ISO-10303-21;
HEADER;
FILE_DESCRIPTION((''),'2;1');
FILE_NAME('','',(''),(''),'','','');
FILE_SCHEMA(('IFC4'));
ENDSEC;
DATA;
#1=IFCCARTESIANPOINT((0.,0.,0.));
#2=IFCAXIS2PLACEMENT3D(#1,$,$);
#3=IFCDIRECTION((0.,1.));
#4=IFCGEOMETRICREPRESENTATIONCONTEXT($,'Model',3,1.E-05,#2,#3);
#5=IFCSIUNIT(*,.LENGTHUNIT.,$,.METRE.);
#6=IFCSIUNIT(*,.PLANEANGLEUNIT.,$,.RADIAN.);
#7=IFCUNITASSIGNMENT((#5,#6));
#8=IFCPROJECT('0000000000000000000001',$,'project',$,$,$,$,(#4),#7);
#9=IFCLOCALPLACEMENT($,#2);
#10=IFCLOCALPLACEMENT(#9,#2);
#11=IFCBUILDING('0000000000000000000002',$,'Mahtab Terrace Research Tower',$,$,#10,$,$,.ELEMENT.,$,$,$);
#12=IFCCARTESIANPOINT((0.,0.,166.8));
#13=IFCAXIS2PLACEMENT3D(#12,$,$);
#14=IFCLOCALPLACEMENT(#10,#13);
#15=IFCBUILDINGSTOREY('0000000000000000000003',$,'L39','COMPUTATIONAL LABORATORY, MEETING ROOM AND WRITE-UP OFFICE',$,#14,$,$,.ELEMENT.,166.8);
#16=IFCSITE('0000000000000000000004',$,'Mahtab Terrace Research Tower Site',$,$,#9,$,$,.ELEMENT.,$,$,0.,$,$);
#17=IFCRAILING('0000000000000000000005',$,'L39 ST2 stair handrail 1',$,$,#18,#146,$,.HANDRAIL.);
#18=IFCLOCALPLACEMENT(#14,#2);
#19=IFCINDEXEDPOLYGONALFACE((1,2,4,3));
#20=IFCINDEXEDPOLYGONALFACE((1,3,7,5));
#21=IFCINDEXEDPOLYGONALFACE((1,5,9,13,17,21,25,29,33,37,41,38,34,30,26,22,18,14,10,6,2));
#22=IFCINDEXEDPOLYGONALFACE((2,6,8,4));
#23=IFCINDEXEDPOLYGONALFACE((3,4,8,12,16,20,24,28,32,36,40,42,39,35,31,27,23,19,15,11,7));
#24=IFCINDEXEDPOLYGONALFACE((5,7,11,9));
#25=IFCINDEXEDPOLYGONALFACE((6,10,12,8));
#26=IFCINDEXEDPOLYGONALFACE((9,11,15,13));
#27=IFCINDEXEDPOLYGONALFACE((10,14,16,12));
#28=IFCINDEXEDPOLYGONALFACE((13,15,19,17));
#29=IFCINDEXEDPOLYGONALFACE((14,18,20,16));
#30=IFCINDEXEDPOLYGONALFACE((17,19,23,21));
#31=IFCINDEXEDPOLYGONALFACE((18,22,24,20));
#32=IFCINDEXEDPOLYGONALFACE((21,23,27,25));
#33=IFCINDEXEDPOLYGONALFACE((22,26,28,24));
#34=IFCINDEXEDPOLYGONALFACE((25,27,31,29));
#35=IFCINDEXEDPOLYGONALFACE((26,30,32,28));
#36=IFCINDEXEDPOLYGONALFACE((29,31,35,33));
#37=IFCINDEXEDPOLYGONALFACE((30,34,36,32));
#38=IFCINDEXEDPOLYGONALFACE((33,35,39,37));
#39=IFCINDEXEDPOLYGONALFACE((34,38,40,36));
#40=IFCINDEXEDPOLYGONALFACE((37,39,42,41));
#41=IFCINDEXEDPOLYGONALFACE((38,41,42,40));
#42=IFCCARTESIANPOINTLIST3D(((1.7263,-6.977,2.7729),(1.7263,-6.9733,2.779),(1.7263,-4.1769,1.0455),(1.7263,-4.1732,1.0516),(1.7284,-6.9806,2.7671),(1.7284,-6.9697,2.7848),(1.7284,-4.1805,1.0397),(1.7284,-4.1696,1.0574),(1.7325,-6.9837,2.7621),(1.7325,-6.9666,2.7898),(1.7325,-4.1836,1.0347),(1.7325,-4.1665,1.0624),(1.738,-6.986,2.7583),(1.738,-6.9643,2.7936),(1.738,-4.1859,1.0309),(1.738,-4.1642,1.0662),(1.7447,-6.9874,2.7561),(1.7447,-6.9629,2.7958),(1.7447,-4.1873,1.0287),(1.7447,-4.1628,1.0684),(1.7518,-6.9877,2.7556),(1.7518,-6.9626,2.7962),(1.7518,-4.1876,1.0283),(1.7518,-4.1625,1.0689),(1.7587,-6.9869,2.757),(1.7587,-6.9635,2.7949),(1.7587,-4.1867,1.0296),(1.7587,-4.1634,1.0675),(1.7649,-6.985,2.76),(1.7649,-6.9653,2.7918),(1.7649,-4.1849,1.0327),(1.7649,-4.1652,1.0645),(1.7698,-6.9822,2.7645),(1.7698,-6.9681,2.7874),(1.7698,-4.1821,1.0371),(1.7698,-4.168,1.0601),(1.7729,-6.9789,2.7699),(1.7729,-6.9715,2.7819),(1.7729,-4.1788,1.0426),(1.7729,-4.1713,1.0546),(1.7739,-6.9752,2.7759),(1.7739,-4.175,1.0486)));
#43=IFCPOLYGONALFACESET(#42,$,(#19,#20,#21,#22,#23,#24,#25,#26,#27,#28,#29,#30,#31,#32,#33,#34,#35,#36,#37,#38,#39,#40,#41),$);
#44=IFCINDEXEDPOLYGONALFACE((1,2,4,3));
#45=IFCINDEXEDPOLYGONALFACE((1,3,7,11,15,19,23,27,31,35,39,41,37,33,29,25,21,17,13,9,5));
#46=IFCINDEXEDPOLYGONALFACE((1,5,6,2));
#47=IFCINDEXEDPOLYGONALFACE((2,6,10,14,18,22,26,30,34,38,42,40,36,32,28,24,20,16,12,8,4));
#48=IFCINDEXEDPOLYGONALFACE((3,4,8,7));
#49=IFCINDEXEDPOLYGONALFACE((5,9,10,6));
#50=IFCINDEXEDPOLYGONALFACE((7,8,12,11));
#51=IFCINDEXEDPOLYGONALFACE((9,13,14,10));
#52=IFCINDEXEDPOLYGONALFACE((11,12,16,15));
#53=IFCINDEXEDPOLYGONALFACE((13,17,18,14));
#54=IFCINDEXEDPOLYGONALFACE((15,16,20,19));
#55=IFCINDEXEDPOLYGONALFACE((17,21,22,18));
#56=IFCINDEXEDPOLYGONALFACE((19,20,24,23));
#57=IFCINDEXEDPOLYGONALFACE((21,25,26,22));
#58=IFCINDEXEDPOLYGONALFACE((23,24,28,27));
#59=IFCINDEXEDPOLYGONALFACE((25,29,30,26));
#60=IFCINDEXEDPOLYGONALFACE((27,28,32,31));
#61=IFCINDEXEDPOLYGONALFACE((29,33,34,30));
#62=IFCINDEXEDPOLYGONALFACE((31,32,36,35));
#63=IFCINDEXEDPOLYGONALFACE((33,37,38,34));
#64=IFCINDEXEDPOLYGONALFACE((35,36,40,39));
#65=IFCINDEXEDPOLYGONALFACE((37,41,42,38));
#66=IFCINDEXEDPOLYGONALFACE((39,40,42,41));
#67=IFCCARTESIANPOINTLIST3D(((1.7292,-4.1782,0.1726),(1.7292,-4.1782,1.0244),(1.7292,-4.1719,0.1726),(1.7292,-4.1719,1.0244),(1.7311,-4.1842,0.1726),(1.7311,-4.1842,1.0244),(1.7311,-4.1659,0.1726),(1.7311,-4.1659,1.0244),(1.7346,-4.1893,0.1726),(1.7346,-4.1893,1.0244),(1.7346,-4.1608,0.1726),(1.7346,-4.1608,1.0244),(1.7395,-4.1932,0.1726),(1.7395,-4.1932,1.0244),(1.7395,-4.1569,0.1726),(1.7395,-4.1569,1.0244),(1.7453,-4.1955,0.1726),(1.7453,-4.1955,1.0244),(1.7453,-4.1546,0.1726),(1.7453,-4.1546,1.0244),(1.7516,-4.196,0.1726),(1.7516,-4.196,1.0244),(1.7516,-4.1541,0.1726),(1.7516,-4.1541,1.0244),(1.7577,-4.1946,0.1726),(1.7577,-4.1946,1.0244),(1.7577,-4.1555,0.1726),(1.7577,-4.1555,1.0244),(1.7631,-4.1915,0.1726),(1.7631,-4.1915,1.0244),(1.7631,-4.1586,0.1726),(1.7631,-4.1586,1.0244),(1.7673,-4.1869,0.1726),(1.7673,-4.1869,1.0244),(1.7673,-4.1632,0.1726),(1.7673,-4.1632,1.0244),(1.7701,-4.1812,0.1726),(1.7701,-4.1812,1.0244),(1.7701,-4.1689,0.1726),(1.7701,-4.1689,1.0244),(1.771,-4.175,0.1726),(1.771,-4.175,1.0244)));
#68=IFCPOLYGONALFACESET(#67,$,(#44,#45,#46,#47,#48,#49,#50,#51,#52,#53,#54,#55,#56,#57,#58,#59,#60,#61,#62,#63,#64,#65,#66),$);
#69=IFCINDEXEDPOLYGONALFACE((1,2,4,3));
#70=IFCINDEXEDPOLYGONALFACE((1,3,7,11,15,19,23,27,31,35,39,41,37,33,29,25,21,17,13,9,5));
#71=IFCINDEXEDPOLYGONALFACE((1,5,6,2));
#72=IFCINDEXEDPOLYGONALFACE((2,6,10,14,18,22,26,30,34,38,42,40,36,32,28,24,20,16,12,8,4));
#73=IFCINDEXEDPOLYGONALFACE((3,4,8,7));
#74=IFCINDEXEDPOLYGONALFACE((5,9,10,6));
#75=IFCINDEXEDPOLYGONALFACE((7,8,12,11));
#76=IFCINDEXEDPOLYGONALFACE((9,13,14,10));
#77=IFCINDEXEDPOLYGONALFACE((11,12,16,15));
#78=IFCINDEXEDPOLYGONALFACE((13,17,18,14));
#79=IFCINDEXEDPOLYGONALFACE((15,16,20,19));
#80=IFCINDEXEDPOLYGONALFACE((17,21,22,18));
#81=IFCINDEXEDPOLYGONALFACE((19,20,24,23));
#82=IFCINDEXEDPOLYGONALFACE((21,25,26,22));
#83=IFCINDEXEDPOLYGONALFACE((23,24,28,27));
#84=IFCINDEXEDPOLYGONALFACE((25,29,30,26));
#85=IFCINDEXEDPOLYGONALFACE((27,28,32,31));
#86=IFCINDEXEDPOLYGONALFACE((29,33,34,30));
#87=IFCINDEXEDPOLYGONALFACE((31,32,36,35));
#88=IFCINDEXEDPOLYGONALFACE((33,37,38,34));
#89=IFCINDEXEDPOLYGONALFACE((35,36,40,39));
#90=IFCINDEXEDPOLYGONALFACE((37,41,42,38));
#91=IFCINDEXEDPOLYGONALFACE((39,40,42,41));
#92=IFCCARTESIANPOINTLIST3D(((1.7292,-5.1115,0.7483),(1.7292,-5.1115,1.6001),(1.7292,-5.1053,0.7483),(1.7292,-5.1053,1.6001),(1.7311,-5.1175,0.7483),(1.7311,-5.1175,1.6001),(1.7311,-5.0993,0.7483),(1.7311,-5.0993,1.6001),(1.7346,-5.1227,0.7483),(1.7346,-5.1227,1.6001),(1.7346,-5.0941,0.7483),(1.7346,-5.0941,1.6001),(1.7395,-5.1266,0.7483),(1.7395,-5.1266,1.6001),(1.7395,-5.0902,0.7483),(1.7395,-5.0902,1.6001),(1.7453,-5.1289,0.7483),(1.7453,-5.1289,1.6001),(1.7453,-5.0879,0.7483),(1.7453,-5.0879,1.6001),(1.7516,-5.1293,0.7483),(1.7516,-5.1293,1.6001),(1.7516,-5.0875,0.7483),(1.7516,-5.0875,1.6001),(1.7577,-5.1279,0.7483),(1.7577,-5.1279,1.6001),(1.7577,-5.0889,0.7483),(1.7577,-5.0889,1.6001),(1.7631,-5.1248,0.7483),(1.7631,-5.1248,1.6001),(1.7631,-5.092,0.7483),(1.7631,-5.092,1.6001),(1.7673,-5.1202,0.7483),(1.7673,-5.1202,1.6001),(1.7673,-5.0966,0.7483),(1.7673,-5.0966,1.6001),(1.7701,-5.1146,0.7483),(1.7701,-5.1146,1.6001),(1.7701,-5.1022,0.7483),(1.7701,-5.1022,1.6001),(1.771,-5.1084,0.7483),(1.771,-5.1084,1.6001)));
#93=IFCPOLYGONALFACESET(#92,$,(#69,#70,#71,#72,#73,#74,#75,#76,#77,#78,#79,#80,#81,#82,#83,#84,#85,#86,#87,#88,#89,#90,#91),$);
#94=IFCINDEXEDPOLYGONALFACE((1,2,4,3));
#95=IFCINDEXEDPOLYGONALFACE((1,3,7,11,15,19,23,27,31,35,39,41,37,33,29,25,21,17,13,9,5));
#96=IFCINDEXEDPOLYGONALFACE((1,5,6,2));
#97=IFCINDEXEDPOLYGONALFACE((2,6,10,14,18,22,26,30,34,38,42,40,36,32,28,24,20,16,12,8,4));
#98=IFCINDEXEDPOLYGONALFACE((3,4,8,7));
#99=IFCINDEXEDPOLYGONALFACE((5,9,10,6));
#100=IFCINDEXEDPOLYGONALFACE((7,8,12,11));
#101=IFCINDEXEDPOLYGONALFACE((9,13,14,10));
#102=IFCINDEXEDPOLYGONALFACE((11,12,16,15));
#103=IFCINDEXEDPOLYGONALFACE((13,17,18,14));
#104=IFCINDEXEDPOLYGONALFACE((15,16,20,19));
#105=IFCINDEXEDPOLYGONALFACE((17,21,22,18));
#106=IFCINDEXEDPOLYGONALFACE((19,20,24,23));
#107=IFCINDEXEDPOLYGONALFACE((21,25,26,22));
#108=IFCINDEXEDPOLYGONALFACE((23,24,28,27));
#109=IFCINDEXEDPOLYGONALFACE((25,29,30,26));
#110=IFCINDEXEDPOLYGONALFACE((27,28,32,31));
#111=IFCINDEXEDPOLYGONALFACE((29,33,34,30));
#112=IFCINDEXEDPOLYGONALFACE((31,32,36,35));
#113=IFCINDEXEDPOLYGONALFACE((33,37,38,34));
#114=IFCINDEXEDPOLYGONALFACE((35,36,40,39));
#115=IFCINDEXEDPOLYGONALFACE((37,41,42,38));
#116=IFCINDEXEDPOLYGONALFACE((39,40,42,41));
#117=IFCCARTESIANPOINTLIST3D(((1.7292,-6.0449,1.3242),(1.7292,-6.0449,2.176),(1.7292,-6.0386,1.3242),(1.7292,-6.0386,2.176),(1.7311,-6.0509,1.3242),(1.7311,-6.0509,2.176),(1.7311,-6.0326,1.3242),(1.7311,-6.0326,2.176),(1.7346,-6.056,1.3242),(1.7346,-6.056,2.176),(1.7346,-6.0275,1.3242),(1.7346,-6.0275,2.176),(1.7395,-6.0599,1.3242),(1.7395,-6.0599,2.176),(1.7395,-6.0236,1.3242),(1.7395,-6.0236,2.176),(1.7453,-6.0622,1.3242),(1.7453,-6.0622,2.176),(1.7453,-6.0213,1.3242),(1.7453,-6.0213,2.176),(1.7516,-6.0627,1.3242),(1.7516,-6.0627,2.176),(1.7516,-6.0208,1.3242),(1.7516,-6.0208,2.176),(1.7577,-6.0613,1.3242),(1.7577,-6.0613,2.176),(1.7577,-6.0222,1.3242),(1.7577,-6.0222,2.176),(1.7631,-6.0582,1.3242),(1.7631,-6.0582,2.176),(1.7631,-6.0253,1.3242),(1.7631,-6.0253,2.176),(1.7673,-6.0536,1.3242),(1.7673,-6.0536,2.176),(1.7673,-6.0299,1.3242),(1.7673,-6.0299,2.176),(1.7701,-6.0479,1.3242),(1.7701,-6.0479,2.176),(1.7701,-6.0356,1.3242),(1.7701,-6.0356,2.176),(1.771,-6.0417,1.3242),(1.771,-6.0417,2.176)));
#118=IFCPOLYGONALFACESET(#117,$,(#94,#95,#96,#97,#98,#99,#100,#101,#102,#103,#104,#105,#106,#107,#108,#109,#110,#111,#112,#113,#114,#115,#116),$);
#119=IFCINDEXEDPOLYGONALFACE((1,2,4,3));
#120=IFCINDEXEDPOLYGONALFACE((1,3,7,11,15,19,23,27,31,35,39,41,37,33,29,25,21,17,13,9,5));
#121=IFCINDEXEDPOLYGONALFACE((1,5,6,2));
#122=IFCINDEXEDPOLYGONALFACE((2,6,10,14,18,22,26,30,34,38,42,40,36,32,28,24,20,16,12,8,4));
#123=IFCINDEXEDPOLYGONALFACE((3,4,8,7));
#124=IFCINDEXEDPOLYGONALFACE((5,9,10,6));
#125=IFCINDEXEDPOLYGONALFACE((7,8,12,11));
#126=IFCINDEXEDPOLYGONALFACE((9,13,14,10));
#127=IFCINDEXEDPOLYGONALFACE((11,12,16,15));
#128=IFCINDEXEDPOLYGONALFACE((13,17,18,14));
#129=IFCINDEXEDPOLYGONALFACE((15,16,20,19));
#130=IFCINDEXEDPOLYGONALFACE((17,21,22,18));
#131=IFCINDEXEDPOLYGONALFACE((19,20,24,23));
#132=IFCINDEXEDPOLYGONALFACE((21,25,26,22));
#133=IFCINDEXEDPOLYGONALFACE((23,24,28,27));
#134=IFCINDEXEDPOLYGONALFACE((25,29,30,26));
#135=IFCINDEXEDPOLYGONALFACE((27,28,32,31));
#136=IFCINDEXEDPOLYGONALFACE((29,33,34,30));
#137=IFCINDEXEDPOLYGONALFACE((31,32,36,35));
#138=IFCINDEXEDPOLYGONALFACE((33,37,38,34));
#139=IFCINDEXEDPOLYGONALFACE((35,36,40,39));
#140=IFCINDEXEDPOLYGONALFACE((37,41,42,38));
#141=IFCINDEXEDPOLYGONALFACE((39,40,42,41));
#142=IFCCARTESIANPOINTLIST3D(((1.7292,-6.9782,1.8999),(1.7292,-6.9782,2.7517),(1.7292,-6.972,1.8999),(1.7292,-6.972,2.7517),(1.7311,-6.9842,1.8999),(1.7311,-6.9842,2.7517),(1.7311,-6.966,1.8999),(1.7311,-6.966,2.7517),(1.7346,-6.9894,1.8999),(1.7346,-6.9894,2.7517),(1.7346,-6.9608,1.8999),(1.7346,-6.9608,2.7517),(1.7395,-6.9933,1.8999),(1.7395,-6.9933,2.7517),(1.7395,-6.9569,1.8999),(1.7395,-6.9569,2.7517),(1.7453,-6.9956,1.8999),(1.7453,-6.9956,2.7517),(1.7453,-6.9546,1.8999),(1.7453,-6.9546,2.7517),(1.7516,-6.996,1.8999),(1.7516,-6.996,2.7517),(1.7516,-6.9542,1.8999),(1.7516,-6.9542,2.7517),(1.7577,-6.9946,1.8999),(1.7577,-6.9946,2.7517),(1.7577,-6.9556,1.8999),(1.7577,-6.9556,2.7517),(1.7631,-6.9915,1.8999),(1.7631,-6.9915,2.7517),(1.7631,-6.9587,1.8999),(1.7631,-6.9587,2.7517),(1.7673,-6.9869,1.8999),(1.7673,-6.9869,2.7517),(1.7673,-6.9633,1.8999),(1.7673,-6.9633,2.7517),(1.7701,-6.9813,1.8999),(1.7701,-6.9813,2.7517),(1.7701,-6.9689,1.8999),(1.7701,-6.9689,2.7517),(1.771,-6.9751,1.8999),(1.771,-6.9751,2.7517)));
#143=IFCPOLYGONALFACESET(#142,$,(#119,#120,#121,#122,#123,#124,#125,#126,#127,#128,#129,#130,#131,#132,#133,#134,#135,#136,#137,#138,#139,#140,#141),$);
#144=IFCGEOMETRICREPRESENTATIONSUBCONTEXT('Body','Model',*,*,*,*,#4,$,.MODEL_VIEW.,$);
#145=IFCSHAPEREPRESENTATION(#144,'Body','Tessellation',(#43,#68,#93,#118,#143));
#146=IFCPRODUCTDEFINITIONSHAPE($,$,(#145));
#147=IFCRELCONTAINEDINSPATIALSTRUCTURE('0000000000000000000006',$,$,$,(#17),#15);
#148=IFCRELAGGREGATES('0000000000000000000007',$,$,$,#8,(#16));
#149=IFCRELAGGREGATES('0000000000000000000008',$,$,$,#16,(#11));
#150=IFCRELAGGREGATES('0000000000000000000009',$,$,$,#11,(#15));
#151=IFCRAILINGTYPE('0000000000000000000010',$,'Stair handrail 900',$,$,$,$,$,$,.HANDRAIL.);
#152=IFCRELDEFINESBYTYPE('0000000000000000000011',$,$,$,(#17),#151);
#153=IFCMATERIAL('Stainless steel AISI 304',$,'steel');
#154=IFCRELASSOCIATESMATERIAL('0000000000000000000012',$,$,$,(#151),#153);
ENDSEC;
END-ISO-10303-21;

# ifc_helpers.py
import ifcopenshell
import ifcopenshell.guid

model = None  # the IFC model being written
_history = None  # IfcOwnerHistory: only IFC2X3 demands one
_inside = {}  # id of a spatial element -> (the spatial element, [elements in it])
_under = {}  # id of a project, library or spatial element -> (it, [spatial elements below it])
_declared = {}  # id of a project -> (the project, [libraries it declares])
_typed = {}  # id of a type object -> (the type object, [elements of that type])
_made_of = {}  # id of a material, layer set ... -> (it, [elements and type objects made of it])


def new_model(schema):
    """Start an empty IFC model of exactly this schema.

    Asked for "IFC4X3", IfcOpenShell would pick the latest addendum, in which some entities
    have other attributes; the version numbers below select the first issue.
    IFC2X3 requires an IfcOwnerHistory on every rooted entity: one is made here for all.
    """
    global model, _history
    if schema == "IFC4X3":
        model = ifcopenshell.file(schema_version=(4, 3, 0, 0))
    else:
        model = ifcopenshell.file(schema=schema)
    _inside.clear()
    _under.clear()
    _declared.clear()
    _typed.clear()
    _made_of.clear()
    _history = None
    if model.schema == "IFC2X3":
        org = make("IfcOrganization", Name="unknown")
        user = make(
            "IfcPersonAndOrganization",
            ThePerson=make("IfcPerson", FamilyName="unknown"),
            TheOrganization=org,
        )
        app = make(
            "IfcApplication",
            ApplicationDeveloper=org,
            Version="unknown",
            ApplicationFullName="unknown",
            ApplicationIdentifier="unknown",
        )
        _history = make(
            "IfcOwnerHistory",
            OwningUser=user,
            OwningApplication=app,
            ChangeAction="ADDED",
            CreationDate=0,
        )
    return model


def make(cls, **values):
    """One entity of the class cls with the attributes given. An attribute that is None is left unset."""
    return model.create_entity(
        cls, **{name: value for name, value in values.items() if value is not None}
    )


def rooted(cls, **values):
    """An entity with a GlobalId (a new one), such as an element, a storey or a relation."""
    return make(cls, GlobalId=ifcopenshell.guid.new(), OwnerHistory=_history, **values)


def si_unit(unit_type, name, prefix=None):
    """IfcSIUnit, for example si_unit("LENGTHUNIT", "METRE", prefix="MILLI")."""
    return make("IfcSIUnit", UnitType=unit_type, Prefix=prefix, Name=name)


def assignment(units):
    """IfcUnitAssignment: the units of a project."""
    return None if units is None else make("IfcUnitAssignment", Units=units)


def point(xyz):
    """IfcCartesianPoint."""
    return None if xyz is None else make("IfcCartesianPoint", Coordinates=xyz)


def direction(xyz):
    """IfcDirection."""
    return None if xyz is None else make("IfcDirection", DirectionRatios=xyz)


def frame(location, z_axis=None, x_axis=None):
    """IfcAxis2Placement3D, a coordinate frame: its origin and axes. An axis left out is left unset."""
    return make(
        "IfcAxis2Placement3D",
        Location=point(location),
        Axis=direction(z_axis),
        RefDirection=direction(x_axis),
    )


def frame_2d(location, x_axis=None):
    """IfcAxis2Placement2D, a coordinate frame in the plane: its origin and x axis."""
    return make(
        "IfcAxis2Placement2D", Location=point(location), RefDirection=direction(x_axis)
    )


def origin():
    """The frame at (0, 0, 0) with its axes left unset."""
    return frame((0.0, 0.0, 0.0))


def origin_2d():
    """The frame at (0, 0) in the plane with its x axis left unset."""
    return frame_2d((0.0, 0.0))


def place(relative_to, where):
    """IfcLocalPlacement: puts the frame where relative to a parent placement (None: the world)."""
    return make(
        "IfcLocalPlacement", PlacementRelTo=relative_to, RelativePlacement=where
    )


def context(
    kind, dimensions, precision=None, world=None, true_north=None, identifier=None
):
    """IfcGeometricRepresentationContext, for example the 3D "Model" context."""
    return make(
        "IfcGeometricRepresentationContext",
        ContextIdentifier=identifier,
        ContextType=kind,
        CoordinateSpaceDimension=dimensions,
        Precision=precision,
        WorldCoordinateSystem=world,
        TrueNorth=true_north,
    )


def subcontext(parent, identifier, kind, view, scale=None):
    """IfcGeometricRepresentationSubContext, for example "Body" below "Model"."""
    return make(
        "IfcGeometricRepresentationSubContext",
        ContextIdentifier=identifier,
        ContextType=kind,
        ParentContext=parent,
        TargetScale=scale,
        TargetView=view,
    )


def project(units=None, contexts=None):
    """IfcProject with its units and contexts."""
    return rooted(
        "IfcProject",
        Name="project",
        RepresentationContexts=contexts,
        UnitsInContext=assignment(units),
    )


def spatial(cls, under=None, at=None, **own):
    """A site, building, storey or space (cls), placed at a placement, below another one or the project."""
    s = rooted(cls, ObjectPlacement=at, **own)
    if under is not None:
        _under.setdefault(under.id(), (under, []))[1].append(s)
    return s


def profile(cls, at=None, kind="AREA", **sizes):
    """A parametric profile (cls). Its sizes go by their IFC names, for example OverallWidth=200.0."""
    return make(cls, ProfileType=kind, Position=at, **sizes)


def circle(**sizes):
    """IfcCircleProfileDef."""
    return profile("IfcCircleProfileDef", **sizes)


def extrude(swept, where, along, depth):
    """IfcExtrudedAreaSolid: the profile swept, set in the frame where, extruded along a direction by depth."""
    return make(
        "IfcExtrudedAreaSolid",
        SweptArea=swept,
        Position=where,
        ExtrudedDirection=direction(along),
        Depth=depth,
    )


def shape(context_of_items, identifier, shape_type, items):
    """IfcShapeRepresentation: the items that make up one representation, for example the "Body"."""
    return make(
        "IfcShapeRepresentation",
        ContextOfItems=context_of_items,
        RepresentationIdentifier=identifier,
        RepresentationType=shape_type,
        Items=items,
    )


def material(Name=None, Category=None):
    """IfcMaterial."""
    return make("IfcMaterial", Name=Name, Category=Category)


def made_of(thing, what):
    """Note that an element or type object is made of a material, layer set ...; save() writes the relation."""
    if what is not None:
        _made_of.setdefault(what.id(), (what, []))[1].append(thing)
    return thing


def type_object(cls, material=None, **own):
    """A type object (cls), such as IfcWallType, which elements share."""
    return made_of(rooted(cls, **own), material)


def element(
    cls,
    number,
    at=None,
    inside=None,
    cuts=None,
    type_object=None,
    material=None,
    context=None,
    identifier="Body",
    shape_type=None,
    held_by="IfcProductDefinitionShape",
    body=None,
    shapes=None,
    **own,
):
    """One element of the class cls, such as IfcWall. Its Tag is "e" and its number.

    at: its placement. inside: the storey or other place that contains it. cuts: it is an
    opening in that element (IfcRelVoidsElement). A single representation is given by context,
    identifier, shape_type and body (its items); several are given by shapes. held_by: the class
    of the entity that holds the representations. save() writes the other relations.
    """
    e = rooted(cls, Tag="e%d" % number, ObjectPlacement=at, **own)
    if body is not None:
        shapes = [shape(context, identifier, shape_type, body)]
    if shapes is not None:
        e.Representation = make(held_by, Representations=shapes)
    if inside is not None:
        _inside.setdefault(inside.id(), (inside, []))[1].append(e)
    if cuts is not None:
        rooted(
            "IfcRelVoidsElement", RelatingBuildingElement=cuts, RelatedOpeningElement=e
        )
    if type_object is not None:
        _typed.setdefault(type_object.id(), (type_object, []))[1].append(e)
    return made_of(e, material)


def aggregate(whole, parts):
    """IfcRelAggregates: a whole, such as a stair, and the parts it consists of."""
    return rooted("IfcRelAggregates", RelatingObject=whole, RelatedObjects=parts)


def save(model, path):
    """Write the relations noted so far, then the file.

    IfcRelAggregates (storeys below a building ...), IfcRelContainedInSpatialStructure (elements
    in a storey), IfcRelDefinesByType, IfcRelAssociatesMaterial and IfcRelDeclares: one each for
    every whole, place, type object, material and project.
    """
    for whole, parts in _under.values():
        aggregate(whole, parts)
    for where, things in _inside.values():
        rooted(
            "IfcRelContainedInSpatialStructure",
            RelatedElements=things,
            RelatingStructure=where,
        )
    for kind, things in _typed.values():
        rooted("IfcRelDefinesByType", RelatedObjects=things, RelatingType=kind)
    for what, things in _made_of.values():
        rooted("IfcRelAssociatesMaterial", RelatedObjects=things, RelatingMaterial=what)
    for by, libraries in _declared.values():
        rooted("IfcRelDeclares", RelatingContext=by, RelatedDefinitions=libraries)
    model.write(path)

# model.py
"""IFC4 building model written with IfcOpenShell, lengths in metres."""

from ifc_helpers import new_model, si_unit, direction, frame, origin, origin_2d, place, context, subcontext, project, spatial, circle, extrude, material, type_object, element, save


model = new_model("IFC4")

# Units and contexts
model_context = context("Model", 3, precision=1e-05, world=origin(), true_north=direction((0.0, 1.0)))
body_context = subcontext(model_context, "Body", "Model", "MODEL_VIEW")
ifc_project = project(units=[si_unit("LENGTHUNIT", "METRE"), si_unit("PLANEANGLEUNIT", "RADIAN")], contexts=[model_context])

# Site, building, storey
site_placement = place(None, origin())
site = spatial("IfcSite", under=ifc_project, at=site_placement, Name="Mahtab Terrace Research Tower Site", CompositionType="ELEMENT", RefElevation=0.0)
building_placement = place(site_placement, origin())
building = spatial("IfcBuilding", under=site, at=building_placement, Name="Mahtab Terrace Research Tower", CompositionType="ELEMENT")
storey_placement = place(building_placement, frame((0.0, 0.0, 166.8)))
storey = spatial("IfcBuildingStorey", under=building, at=storey_placement, Name="L39", Description="COMPUTATIONAL LABORATORY, MEETING ROOM AND WRITE-UP OFFICE", CompositionType="ELEMENT", Elevation=166.8)

# Railing
ifc_material_1 = material(Name="Stainless steel AISI 304", Category="steel")
railing_type_1 = type_object("IfcRailingType", Name="Stair handrail 900", PredefinedType="HANDRAIL", material=ifc_material_1)
railing_1_placement = place(storey_placement, frame((1.75, -4.175, 0.1726)))
element("IfcRailing", 1, at=railing_1_placement, inside=storey, type_object=railing_type_1, Name="L39 ST2 stair handrail 1", PredefinedType="HANDRAIL", context=body_context, shape_type="SweptSolid", body=[
    extrude(circle(Radius=0.0239, at=origin_2d()), frame((0.0, 0.0, 0.876), z_axis=(0.0, -0.85109, 0.52502), x_axis=(1.0, 0.0, 0.0)), (0.0, 0.0, 1.0), 3.29),
    extrude(circle(Radius=0.021, at=origin_2d()), origin(), (0.0, 0.0, 1.0), 0.8518),
    extrude(circle(Radius=0.021, at=origin_2d()), frame((0.0, -0.9333, 0.5757)), (0.0, 0.0, 1.0), 0.8518),
    extrude(circle(Radius=0.021, at=origin_2d()), frame((0.0, -1.8667, 1.1516)), (0.0, 0.0, 1.0), 0.8518),
    extrude(circle(Radius=0.021, at=origin_2d()), frame((0.0, -2.8, 1.7273)), (0.0, 0.0, 1.0), 0.8518),
])

save(model, "model.ifc")
